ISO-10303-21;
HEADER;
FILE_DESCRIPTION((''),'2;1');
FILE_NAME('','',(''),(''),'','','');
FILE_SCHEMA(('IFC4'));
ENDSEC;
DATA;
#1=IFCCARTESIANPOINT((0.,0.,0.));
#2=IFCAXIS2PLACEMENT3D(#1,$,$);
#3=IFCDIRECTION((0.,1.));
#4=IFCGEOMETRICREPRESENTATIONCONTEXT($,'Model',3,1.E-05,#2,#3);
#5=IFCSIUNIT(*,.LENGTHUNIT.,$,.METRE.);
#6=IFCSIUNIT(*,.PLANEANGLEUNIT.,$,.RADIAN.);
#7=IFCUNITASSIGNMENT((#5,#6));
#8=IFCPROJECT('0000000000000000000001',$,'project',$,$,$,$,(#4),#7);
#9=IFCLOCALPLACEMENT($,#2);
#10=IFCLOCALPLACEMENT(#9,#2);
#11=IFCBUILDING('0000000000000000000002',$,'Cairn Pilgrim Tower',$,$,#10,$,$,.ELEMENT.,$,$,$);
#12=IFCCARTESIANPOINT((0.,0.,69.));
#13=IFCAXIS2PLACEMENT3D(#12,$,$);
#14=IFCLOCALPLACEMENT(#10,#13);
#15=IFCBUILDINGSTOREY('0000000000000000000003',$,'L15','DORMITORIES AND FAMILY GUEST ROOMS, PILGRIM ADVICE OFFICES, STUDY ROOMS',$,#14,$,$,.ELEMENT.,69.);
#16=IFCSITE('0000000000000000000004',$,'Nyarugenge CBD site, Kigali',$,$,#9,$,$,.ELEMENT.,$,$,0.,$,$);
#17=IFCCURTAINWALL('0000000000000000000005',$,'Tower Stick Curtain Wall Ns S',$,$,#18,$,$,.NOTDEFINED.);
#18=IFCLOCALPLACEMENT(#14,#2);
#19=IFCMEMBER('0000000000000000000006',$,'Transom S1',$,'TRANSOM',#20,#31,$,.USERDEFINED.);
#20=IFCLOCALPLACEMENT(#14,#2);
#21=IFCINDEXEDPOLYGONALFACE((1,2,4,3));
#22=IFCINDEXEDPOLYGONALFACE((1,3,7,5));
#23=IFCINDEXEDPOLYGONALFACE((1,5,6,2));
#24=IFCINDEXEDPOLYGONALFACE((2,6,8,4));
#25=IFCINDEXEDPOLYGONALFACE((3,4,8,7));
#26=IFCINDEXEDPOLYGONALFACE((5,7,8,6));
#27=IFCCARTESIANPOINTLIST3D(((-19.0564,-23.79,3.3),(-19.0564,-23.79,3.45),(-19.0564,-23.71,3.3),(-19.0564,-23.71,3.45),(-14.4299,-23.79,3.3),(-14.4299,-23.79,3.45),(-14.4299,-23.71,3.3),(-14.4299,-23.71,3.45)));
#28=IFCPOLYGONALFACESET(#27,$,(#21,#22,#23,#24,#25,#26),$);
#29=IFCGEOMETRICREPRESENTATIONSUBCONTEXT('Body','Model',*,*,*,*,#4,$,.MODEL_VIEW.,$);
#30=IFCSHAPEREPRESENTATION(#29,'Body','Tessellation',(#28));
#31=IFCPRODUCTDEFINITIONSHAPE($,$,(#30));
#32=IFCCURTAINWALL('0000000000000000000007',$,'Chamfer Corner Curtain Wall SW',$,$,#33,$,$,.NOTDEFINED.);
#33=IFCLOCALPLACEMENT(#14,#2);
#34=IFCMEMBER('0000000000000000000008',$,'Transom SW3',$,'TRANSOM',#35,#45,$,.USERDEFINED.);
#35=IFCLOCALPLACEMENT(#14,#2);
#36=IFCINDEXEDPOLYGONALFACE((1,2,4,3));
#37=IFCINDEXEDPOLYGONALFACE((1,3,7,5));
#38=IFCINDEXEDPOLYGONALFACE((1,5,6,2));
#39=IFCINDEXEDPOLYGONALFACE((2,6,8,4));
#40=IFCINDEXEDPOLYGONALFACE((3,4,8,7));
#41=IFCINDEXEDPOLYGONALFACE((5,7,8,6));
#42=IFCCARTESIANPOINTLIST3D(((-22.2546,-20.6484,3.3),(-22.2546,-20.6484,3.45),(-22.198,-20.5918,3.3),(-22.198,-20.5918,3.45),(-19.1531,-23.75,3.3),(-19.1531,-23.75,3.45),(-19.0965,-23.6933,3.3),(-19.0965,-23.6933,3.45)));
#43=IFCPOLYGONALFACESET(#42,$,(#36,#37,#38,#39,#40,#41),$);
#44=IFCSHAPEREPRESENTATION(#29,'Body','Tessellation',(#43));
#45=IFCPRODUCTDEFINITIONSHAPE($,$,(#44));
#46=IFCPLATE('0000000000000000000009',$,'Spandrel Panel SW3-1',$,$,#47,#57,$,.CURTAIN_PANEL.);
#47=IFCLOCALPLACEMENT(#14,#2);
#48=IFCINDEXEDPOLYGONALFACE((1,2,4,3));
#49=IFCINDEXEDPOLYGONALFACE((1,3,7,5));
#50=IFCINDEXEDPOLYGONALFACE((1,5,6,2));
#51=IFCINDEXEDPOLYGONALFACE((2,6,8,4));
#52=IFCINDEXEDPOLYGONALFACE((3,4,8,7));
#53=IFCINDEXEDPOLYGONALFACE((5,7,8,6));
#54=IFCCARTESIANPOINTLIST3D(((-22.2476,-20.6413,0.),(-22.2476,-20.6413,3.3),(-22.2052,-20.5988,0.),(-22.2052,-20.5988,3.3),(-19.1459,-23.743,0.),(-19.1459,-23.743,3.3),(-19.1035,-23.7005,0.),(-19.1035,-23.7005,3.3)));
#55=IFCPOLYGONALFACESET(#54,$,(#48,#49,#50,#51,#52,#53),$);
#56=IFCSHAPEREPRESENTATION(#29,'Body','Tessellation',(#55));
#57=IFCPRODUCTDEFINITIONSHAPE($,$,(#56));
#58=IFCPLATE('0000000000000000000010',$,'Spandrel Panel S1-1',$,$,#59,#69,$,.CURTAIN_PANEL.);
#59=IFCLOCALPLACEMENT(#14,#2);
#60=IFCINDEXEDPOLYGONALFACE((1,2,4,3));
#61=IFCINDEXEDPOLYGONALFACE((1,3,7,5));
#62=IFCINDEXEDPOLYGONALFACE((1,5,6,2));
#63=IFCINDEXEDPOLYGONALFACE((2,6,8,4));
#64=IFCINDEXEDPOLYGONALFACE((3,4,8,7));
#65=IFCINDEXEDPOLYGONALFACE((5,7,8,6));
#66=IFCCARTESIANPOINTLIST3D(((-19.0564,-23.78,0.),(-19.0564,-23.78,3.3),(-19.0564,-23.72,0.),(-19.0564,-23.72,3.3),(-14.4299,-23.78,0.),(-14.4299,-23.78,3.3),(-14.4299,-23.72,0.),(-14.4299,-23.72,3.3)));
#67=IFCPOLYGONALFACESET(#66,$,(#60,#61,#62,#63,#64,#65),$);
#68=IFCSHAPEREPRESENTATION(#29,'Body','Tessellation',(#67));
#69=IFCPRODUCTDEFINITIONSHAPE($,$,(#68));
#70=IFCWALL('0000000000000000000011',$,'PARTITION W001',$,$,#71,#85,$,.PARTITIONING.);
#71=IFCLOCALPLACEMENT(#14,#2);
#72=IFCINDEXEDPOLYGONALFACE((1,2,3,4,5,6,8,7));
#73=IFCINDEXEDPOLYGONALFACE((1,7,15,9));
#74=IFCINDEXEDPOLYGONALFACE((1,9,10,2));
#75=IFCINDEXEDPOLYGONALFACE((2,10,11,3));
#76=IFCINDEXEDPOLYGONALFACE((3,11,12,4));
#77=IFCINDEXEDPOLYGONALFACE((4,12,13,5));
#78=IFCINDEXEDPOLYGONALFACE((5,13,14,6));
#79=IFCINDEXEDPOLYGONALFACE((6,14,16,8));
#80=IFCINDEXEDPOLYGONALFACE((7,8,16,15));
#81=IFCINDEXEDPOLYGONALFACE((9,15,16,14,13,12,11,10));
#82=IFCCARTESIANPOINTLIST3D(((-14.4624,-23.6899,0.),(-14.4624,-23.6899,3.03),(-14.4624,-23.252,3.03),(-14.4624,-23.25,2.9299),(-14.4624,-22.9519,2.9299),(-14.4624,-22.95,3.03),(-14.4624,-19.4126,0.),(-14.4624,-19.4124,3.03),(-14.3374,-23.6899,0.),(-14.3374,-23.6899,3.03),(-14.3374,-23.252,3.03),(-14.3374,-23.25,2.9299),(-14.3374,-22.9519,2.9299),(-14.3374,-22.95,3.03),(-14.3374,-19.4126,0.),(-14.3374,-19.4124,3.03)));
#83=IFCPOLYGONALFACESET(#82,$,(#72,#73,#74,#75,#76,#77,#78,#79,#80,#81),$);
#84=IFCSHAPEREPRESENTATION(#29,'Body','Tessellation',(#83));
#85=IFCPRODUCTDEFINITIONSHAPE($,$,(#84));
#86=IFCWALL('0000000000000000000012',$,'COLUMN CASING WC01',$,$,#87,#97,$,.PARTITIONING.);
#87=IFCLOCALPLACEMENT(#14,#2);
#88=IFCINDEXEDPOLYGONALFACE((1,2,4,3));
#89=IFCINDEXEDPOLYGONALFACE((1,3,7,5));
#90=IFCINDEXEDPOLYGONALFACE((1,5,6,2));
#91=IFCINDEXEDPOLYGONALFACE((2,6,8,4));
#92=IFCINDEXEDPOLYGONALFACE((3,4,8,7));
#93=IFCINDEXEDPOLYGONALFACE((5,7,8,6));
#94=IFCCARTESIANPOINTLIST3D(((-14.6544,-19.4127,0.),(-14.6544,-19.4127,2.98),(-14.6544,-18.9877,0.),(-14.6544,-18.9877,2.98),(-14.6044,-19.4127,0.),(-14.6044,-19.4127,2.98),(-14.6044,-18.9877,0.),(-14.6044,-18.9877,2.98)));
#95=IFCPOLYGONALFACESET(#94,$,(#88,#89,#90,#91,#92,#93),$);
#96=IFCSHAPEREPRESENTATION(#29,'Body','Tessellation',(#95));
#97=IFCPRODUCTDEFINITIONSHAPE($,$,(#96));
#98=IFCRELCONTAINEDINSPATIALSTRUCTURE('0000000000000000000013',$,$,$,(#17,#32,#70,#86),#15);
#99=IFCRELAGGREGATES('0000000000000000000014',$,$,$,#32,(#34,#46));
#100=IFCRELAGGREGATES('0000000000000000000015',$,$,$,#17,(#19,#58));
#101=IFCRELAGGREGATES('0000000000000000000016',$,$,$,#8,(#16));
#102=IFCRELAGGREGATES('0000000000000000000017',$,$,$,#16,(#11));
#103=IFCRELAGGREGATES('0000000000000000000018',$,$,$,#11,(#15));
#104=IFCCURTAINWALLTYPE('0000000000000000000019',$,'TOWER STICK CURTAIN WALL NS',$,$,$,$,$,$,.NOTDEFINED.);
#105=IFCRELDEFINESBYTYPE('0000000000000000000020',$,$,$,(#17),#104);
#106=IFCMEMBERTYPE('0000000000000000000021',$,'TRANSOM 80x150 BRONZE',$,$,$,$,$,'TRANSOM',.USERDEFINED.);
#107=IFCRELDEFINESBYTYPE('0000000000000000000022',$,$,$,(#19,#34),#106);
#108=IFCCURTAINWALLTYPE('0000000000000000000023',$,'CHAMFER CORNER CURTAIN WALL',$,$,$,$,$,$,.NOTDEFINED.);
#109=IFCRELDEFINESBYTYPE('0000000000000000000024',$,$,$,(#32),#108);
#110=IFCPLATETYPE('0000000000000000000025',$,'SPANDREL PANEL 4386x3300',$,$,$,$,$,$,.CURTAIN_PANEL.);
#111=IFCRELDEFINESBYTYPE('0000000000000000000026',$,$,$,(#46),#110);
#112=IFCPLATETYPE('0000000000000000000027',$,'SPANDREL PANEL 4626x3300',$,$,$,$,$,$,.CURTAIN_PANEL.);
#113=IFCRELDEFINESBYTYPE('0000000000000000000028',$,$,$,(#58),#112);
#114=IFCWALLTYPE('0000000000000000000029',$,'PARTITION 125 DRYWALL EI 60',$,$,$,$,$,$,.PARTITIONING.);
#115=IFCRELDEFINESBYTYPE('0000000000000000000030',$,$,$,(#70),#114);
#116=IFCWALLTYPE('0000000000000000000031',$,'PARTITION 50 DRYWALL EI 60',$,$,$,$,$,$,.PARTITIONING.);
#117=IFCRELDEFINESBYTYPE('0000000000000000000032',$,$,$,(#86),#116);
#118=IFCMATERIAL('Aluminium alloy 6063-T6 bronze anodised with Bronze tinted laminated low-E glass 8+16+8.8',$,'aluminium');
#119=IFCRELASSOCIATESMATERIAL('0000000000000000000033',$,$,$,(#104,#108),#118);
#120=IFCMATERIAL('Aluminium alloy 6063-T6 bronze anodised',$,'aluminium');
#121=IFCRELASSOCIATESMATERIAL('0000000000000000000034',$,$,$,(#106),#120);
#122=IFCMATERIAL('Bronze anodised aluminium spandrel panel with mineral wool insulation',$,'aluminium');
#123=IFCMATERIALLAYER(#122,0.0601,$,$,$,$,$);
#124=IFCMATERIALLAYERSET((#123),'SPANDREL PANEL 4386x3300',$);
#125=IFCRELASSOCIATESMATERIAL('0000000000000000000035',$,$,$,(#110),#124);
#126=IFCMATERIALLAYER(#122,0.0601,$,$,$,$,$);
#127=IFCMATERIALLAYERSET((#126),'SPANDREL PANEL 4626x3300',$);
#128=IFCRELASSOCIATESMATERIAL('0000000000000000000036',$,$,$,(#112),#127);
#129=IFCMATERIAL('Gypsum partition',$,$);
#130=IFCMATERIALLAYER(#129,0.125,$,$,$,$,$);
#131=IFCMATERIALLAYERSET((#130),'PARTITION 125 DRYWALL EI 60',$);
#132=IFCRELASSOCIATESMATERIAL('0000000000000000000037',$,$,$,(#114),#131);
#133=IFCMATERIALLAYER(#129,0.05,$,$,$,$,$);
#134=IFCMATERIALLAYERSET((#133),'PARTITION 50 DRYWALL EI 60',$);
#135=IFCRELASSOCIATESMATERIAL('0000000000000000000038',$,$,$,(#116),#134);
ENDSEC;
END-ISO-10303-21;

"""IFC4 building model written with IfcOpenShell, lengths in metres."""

from ifc_helpers import new_model, si_unit, direction, frame, frame_2d, origin, origin_2d, place, context, subcontext, project, spatial, polyline, rectangle, outline, extrude, material, layer, layer_set, material_profile, profile_set, type_object, element, aggregate, save


model = new_model("IFC4")

# Units and contexts
model_context = context("Model", 3, precision=1e-05, world=origin(), true_north=direction((0.0, 1.0)))
body_context = subcontext(model_context, "Body", "Model", "MODEL_VIEW")
ifc_project = project(units=[si_unit("LENGTHUNIT", "METRE"), si_unit("PLANEANGLEUNIT", "RADIAN")], contexts=[model_context])

# Site, building, storey
site_placement = place(None, origin())
site = spatial("IfcSite", under=ifc_project, at=site_placement, Name="Nyarugenge CBD site, Kigali", CompositionType="ELEMENT", RefElevation=0.0)
building_placement = place(site_placement, origin())
building = spatial("IfcBuilding", under=site, at=building_placement, Name="Cairn Pilgrim Tower", CompositionType="ELEMENT")
storey_placement = place(building_placement, frame((0.0, 0.0, 69.0)))
storey = spatial("IfcBuildingStorey", under=building, at=storey_placement, Name="L15", Description="DORMITORIES AND FAMILY GUEST ROOMS, PILGRIM ADVICE OFFICES, STUDY ROOMS", CompositionType="ELEMENT", Elevation=69.0)

# Curtain wall
ifc_material_1 = material(Name="Aluminium alloy 6063-T6 bronze anodised with Bronze tinted laminated low-E glass 8+16+8.8", Category="aluminium")
curtain_wall_type_1 = type_object("IfcCurtainWallType", Name="TOWER STICK CURTAIN WALL NS", PredefinedType="NOTDEFINED", material=ifc_material_1)
curtain_wall_1_placement = place(storey_placement, origin())
curtain_wall_1 = element("IfcCurtainWall", 1, at=curtain_wall_1_placement, inside=storey, type_object=curtain_wall_type_1, Name="Tower Stick Curtain Wall Ns S", PredefinedType="NOTDEFINED")
ifc_material_2 = material(Name="Aluminium alloy 6063-T6 bronze anodised", Category="aluminium")

# Member
ifc_material_profile_1 = material_profile(ifc_material_2, rectangle(XDim=0.0801, YDim=0.1499, at=origin_2d()), Name="TRANSOM 80x150 BRONZE")
ifc_profile_set_1 = profile_set([ifc_material_profile_1], Name="Aluminium alloy 6063-T6 bronze anodised")
member_type_1 = type_object("IfcMemberType", Name="TRANSOM 80x150 BRONZE", ElementType="TRANSOM", PredefinedType="USERDEFINED", material=ifc_profile_set_1)
member_1_placement = place(storey_placement, frame((-19.0564, -23.75, 3.375), z_axis=(1.0, 0.0, 0.0), x_axis=(0.0, 1.0, 0.0)))
member_1 = element("IfcMember", 2, at=member_1_placement, type_object=member_type_1, Name="Transom S1", ObjectType="TRANSOM", PredefinedType="USERDEFINED", context=body_context, shape_type="SweptSolid", body=[
    extrude(rectangle(XDim=0.0801, YDim=0.1499, at=origin_2d()), origin(), (0.0, 0.0, 1.0), 4.6265),
])

# Curtain wall, member, plate
curtain_wall_type_2 = type_object("IfcCurtainWallType", Name="CHAMFER CORNER CURTAIN WALL", PredefinedType="NOTDEFINED", material=ifc_material_1)
curtain_wall_2_placement = place(storey_placement, origin())
curtain_wall_2 = element("IfcCurtainWall", 3, at=curtain_wall_2_placement, inside=storey, type_object=curtain_wall_type_2, Name="Chamfer Corner Curtain Wall SW", PredefinedType="NOTDEFINED")
member_2_placement = place(storey_placement, frame((-22.2263, -20.6201, 3.375), z_axis=(0.707107, -0.707107, 0.0), x_axis=(0.707107, 0.707107, 0.0)))
member_2 = element("IfcMember", 4, at=member_2_placement, type_object=member_type_1, Name="Transom SW3", ObjectType="TRANSOM", PredefinedType="USERDEFINED", context=body_context, shape_type="SweptSolid", body=[
    extrude(rectangle(XDim=0.0801, YDim=0.1499, at=origin_2d()), origin(), (0.0, 0.0, 1.0), 4.3862),
])
ifc_material_3 = material(Name="Bronze anodised aluminium spandrel panel with mineral wool insulation", Category="aluminium")
ifc_layer_1 = layer(ifc_material_3, 0.0601)
ifc_layer_set_1 = layer_set([ifc_layer_1], Name="SPANDREL PANEL 4386x3300")
plate_type_1 = type_object("IfcPlateType", Name="SPANDREL PANEL 4386x3300", PredefinedType="CURTAIN_PANEL", material=ifc_layer_set_1)
plate_1_placement = place(storey_placement, frame((-20.6755, -22.1709, 0.0), z_axis=(0.0, 0.0, 1.0), x_axis=(0.707107, -0.707107, 0.0)))
plate_1 = element("IfcPlate", 5, at=plate_1_placement, type_object=plate_type_1, Name="Spandrel Panel SW3-1", PredefinedType="CURTAIN_PANEL", context=body_context, shape_type="SweptSolid", body=[
    extrude(rectangle(XDim=4.3865, YDim=0.0601, at=origin_2d()), origin(), (0.0, 0.0, 1.0), 3.3),
])
aggregate(curtain_wall_2, [member_2, plate_1])

# Plate
ifc_layer_2 = layer(ifc_material_3, 0.0601)
ifc_layer_set_2 = layer_set([ifc_layer_2], Name="SPANDREL PANEL 4626x3300")
plate_type_2 = type_object("IfcPlateType", Name="SPANDREL PANEL 4626x3300", PredefinedType="CURTAIN_PANEL", material=ifc_layer_set_2)
plate_2_placement = place(storey_placement, frame((-16.7432, -23.75, 0.0), z_axis=(0.0, 0.0, 1.0), x_axis=(1.0, 0.0, 0.0)))
plate_2 = element("IfcPlate", 6, at=plate_2_placement, type_object=plate_type_2, Name="Spandrel Panel S1-1", PredefinedType="CURTAIN_PANEL", context=body_context, shape_type="SweptSolid", body=[
    extrude(rectangle(XDim=4.6265, YDim=0.0601, at=origin_2d()), origin(), (0.0, 0.0, 1.0), 3.3),
])
aggregate(curtain_wall_1, [member_1, plate_2])

# Walls
ifc_material_4 = material(Name="Gypsum partition")
ifc_layer_3 = layer(ifc_material_4, 0.125)
ifc_layer_set_3 = layer_set([ifc_layer_3], Name="PARTITION 125 DRYWALL EI 60")
wall_type_1 = type_object("IfcWallType", Name="PARTITION 125 DRYWALL EI 60", PredefinedType="PARTITIONING", material=ifc_layer_set_3)
wall_1_placement = place(storey_placement, frame((-14.3999, -23.6899, 0.0), z_axis=(0.0, 0.0, 1.0), x_axis=(0.0, 1.0, 0.0)))
element("IfcWall", 7, at=wall_1_placement, inside=storey, type_object=wall_type_1, Name="PARTITION W001", PredefinedType="PARTITIONING", context=body_context, shape_type="SweptSolid", body=[
    extrude(outline(polyline([(0.0, 0.0), (4.2773, 0.0), (4.2776, 3.03), (0.74, 3.03), (0.738, 2.9299), (0.4399, 2.9299), (0.438, 3.03), (0.0, 3.03), (0.0, 0.0)])), frame((0.0, 0.0625, 0.0), z_axis=(0.0, -1.0, 0.0), x_axis=(1.0, 0.0, 0.0)), (0.0, 0.0, 1.0), 0.125),
])
ifc_layer_4 = layer(ifc_material_4, 0.05)
ifc_layer_set_4 = layer_set([ifc_layer_4], Name="PARTITION 50 DRYWALL EI 60")
wall_type_2 = type_object("IfcWallType", Name="PARTITION 50 DRYWALL EI 60", PredefinedType="PARTITIONING", material=ifc_layer_set_4)
wall_2_placement = place(storey_placement, frame((-14.6294, -19.4126, 0.0), z_axis=(0.0, 0.0, 1.0), x_axis=(0.0, 1.0, 0.0)))
element("IfcWall", 8, at=wall_2_placement, inside=storey, type_object=wall_type_2, Name="COLUMN CASING WC01", PredefinedType="PARTITIONING", context=body_context, shape_type="SweptSolid", body=[
    extrude(rectangle(XDim=0.425, YDim=0.05, at=frame_2d((0.2124, 0.0))), origin(), (0.0, 0.0, 1.0), 2.98),
])

save(model, "model.ifc")
